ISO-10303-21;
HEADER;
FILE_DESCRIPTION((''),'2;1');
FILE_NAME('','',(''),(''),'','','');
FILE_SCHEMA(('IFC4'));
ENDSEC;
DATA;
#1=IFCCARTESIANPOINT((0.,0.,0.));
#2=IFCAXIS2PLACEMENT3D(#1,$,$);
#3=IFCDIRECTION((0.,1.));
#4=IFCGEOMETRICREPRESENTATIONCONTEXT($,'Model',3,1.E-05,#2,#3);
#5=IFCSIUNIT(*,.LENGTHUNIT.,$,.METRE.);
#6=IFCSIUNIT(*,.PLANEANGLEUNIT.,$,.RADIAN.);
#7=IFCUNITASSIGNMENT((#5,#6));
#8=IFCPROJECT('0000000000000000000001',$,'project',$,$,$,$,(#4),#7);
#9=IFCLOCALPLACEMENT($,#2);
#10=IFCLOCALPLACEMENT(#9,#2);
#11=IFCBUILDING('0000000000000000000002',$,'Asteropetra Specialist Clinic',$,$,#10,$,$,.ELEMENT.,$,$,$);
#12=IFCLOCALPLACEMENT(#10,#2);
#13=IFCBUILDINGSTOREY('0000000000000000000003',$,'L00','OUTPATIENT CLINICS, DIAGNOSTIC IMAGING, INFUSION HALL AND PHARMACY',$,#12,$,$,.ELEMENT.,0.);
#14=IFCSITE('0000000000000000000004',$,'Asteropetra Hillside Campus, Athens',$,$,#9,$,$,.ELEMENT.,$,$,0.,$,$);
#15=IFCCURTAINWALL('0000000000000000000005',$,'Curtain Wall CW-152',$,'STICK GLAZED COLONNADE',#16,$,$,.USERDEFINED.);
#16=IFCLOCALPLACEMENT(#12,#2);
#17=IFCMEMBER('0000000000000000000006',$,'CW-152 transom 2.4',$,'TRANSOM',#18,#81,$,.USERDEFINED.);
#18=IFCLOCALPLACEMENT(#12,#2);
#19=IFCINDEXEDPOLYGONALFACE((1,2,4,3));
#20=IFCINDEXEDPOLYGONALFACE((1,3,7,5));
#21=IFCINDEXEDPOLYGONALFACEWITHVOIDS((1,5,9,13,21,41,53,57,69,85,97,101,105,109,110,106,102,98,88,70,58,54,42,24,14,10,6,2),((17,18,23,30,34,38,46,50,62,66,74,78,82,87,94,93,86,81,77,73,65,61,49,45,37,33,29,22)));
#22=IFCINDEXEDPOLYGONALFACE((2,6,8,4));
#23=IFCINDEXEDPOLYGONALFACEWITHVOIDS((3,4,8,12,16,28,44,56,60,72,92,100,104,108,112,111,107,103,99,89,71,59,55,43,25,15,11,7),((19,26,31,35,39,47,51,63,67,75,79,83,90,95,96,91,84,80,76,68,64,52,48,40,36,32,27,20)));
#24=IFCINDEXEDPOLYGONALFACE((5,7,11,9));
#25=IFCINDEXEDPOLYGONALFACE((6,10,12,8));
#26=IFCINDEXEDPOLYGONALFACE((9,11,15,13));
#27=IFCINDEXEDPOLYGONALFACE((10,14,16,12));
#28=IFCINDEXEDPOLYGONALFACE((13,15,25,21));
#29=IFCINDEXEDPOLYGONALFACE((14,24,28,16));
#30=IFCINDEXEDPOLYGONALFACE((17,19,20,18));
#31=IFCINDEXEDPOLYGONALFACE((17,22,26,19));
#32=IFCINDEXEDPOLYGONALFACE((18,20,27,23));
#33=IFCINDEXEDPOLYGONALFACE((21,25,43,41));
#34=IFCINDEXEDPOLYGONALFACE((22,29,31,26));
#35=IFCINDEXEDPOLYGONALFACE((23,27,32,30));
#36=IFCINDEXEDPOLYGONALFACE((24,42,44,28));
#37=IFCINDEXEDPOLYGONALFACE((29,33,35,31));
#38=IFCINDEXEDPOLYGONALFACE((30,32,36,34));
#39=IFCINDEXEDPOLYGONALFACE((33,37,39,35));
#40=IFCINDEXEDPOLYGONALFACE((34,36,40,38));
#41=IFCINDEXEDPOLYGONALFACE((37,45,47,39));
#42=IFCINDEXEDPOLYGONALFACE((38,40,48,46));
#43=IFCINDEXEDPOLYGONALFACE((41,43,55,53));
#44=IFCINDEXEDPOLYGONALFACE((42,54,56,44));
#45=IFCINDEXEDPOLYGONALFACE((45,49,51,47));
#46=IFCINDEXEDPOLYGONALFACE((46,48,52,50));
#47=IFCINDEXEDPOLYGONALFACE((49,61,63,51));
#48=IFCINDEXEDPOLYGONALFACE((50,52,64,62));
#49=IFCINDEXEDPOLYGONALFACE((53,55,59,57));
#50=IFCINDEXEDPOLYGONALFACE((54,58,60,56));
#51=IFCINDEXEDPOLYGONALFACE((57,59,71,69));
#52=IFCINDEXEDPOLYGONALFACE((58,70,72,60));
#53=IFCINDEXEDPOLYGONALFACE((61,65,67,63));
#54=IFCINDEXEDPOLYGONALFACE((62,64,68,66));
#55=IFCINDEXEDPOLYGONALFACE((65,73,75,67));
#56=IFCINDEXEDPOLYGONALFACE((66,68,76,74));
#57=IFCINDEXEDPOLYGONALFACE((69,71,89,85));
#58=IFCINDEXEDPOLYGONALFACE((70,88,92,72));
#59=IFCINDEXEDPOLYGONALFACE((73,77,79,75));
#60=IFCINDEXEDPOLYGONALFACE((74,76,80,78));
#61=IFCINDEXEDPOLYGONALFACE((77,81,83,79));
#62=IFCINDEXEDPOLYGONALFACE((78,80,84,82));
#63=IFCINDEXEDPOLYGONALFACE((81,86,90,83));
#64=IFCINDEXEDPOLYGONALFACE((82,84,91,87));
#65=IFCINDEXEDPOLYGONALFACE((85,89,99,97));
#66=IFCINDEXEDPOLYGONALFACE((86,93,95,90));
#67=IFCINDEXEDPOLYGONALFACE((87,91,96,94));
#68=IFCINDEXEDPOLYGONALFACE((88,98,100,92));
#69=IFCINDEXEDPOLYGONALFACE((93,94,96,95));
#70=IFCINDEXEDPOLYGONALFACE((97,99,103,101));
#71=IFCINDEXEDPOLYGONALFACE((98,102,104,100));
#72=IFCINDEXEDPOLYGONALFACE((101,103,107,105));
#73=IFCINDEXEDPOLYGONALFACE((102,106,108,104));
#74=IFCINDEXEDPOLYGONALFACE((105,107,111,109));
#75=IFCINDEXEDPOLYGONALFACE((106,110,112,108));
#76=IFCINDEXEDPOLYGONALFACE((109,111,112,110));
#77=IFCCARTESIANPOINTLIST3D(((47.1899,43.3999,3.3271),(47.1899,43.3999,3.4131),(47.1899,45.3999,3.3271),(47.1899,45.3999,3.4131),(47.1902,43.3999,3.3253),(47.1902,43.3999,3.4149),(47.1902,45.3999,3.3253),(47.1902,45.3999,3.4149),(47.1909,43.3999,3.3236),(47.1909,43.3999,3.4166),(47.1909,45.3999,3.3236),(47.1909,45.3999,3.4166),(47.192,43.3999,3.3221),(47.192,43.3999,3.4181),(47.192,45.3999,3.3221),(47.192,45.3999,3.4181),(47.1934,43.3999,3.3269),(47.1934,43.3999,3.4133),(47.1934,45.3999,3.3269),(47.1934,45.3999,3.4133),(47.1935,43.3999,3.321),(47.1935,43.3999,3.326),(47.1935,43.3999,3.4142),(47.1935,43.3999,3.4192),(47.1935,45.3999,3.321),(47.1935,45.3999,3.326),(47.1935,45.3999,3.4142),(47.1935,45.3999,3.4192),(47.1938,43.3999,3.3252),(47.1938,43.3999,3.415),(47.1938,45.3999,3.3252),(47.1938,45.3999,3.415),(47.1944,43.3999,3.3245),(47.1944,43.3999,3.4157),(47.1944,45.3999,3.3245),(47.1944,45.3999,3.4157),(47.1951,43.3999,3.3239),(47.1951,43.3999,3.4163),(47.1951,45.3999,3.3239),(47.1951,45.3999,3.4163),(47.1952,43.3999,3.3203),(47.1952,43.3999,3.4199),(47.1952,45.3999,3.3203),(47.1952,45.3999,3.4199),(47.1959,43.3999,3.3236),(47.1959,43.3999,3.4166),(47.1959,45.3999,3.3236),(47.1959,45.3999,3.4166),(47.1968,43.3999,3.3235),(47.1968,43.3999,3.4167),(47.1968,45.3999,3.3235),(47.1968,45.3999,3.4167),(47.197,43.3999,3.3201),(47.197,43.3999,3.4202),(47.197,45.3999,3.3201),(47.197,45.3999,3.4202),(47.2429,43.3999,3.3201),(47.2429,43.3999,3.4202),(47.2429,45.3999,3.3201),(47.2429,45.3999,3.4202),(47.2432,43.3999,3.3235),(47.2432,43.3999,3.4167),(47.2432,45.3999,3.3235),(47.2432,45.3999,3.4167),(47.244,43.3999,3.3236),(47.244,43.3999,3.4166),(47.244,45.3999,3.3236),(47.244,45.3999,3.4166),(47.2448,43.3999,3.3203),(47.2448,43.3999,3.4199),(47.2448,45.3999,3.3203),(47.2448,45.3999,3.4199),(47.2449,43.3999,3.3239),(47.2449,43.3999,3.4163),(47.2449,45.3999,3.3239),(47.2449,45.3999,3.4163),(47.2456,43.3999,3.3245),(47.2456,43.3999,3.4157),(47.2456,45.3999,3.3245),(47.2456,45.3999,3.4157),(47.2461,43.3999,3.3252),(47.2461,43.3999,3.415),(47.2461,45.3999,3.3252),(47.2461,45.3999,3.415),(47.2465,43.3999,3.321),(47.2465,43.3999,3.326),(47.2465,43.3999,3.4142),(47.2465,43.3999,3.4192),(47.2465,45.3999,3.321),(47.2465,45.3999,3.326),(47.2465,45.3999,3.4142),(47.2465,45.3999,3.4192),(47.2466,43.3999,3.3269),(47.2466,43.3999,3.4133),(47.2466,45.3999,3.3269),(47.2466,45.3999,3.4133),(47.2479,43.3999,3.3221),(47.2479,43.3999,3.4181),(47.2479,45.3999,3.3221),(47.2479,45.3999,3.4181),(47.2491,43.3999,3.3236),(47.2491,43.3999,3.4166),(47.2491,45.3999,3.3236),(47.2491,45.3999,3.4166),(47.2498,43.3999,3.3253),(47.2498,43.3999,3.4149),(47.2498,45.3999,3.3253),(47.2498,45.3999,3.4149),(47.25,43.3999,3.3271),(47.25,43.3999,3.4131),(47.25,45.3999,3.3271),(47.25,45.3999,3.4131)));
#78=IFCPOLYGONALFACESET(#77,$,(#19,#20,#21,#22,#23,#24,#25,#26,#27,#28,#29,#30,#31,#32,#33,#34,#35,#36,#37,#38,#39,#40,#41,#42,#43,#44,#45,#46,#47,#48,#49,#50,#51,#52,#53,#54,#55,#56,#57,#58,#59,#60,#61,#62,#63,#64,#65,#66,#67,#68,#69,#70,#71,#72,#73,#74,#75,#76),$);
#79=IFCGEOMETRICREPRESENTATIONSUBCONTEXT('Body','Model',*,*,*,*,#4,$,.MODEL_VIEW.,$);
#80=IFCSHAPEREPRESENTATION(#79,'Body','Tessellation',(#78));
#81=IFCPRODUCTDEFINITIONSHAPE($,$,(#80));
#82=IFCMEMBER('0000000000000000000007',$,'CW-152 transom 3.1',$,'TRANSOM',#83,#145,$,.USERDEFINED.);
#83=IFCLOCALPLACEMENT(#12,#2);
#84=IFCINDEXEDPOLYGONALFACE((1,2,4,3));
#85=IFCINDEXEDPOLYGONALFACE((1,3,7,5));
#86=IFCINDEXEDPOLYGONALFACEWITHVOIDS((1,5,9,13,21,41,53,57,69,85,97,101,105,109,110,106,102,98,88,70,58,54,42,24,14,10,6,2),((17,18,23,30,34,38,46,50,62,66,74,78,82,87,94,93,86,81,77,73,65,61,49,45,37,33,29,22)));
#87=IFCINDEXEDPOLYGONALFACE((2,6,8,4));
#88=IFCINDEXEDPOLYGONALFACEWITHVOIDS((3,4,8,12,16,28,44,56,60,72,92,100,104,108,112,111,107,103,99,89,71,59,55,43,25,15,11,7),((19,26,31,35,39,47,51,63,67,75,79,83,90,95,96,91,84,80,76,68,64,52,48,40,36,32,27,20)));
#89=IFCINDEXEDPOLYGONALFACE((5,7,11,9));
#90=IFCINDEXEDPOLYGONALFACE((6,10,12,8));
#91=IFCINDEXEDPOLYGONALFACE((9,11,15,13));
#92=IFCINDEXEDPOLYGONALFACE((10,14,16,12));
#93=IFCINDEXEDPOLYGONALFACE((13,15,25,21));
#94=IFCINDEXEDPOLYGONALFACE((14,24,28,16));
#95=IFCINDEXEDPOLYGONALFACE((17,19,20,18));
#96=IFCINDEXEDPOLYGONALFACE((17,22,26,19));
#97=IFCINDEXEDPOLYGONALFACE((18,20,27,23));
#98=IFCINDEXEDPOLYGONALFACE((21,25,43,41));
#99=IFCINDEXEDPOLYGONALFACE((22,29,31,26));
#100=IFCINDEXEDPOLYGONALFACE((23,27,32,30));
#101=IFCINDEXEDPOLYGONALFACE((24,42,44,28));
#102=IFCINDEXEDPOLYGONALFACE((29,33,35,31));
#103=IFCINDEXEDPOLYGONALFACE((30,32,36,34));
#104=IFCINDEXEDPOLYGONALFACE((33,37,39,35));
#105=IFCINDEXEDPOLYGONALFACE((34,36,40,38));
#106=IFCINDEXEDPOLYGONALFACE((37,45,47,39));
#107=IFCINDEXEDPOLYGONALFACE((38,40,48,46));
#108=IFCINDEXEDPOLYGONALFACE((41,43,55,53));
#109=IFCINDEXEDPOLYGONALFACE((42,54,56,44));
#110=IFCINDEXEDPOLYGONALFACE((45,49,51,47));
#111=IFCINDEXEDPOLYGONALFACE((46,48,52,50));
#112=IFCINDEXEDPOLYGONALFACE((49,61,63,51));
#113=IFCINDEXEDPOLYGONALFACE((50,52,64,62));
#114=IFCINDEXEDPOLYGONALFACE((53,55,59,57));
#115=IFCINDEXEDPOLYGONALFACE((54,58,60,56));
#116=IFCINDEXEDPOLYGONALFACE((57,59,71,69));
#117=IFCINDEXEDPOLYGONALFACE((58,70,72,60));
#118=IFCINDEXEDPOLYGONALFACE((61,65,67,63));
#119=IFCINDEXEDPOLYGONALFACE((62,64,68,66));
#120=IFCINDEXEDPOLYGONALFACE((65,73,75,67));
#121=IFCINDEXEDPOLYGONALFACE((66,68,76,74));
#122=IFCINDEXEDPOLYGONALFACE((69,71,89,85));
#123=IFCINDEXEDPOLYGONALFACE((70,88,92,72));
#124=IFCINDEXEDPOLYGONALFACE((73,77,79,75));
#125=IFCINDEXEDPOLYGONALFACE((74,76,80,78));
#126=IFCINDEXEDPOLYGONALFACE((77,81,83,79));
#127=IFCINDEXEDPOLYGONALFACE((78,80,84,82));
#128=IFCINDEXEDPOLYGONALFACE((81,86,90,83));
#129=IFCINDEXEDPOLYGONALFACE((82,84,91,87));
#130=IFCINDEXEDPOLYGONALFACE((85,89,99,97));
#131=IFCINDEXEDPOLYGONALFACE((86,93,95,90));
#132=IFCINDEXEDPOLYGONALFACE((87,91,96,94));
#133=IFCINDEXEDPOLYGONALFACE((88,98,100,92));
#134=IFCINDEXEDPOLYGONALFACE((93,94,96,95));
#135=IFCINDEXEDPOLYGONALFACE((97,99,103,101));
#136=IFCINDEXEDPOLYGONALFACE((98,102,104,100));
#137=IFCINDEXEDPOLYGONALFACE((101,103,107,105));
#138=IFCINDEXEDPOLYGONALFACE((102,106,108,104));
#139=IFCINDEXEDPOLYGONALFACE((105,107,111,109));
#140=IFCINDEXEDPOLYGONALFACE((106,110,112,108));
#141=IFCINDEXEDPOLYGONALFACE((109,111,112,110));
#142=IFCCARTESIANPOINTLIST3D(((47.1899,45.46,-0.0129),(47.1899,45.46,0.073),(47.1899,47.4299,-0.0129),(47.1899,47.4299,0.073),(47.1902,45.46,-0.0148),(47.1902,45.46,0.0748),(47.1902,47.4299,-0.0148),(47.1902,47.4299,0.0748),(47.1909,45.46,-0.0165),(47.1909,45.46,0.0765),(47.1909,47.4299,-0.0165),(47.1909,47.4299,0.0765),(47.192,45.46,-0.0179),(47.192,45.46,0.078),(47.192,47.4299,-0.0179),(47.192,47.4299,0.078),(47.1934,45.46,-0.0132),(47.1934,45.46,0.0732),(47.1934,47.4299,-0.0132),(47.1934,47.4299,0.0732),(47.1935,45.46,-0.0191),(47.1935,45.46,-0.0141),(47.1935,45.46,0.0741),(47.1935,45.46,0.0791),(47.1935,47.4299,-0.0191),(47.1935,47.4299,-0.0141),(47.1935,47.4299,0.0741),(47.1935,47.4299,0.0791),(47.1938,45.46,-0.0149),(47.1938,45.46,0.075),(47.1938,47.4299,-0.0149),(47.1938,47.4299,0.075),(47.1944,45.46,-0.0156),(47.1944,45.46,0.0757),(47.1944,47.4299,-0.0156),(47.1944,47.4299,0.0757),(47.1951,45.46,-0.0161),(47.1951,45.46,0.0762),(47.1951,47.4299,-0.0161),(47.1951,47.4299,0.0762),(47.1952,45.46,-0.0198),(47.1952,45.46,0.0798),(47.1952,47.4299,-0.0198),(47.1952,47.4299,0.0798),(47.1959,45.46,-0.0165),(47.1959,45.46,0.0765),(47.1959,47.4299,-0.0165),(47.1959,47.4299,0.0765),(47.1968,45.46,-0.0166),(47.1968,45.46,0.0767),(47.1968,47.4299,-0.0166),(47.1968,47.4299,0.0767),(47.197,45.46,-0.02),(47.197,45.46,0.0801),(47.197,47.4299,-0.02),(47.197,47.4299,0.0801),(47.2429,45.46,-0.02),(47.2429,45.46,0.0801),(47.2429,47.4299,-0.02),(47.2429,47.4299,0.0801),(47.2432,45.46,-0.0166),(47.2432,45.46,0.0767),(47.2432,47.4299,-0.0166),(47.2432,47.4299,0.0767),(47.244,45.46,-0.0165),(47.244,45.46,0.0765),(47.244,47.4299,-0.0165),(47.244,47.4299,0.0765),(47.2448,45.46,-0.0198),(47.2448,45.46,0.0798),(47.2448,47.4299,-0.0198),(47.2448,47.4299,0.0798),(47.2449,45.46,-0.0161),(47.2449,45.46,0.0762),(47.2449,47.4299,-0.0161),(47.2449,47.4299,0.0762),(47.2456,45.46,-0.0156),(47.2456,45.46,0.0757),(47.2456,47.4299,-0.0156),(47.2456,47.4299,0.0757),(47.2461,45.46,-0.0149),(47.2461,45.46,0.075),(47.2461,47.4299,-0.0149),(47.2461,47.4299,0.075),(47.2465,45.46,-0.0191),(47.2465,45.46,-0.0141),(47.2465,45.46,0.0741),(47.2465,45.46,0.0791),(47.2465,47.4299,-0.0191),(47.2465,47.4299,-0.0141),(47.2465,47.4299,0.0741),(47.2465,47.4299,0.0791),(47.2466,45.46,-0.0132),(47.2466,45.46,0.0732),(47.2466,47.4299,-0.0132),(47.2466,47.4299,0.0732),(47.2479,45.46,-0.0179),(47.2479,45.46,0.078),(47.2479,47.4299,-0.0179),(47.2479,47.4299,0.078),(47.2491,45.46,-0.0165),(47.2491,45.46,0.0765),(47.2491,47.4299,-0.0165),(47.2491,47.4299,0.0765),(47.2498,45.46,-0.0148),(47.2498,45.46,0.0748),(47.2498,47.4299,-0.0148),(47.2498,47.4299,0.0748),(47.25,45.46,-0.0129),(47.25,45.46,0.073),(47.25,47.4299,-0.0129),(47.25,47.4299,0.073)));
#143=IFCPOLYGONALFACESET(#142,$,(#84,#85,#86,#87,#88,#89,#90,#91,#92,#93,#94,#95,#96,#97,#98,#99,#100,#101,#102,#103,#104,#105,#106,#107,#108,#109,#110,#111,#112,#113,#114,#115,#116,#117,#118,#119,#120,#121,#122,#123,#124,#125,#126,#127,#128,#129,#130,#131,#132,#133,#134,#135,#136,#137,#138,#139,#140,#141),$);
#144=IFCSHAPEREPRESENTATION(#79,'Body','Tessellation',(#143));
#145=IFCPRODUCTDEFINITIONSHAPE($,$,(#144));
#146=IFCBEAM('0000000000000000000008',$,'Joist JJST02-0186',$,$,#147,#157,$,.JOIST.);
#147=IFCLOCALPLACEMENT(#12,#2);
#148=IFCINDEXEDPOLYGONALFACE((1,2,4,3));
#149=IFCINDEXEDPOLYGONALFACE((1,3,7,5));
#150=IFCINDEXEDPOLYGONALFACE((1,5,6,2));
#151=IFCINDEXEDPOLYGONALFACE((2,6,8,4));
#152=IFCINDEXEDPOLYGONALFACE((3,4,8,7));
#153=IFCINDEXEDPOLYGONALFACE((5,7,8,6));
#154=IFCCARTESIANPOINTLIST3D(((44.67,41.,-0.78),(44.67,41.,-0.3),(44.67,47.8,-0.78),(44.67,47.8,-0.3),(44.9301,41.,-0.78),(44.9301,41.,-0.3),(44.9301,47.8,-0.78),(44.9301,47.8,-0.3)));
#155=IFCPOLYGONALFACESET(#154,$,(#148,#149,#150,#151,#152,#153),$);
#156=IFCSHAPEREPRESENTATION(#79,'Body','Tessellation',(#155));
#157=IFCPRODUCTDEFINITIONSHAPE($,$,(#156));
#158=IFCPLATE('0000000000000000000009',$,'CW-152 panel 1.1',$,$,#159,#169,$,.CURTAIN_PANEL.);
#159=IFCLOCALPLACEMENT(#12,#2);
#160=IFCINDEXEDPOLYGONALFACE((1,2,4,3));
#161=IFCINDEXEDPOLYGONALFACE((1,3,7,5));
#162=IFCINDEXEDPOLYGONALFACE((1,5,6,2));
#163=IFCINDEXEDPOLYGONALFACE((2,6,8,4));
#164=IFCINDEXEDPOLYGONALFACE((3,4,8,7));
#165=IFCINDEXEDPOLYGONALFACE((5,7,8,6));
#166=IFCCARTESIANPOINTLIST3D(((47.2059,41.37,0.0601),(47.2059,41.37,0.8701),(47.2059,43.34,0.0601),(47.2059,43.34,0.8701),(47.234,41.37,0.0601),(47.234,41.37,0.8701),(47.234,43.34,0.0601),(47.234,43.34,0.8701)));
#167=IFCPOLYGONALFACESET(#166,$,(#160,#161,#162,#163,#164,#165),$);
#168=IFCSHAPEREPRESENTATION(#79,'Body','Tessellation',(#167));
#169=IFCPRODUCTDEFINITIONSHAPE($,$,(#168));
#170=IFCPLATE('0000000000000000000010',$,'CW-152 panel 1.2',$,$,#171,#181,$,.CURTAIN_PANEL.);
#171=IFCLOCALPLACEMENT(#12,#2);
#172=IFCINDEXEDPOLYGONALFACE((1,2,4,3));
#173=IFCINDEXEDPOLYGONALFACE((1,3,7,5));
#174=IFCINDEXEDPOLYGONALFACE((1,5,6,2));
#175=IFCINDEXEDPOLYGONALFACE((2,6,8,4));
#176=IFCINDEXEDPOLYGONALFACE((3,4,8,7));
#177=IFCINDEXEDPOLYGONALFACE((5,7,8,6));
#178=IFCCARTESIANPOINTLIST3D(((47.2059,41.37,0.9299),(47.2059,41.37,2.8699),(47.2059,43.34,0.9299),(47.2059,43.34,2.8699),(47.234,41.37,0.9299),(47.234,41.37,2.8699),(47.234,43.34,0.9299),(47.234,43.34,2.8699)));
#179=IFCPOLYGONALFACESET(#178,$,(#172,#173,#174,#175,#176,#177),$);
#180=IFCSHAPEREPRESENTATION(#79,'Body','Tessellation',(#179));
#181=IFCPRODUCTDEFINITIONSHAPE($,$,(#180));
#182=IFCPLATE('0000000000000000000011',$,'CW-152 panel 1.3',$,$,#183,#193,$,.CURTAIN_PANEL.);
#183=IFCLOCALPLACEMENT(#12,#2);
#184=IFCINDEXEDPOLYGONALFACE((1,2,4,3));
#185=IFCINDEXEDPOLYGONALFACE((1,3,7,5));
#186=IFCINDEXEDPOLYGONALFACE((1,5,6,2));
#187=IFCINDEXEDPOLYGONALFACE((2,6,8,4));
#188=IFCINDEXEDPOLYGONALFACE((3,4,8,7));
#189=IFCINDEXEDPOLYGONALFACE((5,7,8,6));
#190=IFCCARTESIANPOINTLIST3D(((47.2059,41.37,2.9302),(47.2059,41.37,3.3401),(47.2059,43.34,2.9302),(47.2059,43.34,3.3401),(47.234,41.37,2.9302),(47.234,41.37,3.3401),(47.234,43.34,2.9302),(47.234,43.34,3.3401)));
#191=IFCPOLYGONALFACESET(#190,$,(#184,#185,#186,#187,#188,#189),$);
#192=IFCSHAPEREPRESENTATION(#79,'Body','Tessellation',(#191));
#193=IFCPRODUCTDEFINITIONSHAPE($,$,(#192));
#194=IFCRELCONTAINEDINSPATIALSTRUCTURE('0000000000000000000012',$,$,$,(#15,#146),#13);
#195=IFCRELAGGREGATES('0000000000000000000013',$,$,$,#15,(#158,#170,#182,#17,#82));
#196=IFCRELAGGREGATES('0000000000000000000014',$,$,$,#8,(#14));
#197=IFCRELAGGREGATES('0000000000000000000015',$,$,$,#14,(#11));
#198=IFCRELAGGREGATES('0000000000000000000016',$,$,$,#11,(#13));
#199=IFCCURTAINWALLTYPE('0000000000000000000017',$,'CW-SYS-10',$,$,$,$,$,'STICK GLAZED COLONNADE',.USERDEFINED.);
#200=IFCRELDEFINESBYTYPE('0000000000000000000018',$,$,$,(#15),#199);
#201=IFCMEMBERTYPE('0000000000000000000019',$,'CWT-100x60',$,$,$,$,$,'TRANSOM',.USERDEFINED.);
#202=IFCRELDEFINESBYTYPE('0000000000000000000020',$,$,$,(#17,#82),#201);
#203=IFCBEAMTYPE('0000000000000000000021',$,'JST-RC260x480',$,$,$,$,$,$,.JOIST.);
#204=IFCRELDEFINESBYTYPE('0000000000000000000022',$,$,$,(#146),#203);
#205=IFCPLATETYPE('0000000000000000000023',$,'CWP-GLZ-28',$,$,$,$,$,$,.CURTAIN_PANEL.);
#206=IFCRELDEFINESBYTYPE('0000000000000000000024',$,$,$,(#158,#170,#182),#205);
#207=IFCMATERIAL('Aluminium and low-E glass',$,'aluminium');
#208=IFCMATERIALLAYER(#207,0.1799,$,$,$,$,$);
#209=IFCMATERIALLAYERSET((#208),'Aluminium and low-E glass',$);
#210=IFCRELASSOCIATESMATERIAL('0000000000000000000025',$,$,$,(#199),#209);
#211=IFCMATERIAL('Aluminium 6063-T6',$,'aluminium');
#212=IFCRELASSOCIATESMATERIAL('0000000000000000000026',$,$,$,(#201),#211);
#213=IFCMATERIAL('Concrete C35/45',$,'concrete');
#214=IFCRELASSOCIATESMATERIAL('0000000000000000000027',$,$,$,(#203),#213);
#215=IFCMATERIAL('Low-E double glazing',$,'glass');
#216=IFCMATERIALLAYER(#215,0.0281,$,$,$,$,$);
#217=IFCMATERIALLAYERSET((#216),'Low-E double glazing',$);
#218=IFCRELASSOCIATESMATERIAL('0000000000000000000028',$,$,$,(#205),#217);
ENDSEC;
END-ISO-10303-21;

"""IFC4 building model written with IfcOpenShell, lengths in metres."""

from ifc_helpers import new_model, si_unit, direction, frame, origin, origin_2d, place, context, subcontext, project, spatial, rectangle, hollow_rectangle, extrude, material, layer, layer_set, material_profile, profile_set, type_object, element, aggregate, save


model = new_model("IFC4")

# Units and contexts
model_context = context("Model", 3, precision=1e-05, world=origin(), true_north=direction((0.0, 1.0)))
body_context = subcontext(model_context, "Body", "Model", "MODEL_VIEW")
ifc_project = project(units=[si_unit("LENGTHUNIT", "METRE"), si_unit("PLANEANGLEUNIT", "RADIAN")], contexts=[model_context])

# Site, building, storey
site_placement = place(None, origin())
site = spatial("IfcSite", under=ifc_project, at=site_placement, Name="Asteropetra Hillside Campus, Athens", CompositionType="ELEMENT", RefElevation=0.0)
building_placement = place(site_placement, origin())
building = spatial("IfcBuilding", under=site, at=building_placement, Name="Asteropetra Specialist Clinic", CompositionType="ELEMENT")
storey_placement = place(building_placement, origin())
storey = spatial("IfcBuildingStorey", under=building, at=storey_placement, Name="L00", Description="OUTPATIENT CLINICS, DIAGNOSTIC IMAGING, INFUSION HALL AND PHARMACY", CompositionType="ELEMENT", Elevation=0.0)

# Curtain wall, members
ifc_material_1 = material(Name="Aluminium and low-E glass", Category="aluminium")
ifc_layer_1 = layer(ifc_material_1, 0.1799)
ifc_layer_set_1 = layer_set([ifc_layer_1], Name="Aluminium and low-E glass")
curtain_wall_type = type_object("IfcCurtainWallType", Name="CW-SYS-10", ElementType="STICK GLAZED COLONNADE", PredefinedType="USERDEFINED", material=ifc_layer_set_1)
curtain_wall_placement = place(storey_placement, origin())
curtain_wall = element("IfcCurtainWall", 1, at=curtain_wall_placement, inside=storey, type_object=curtain_wall_type, Name="Curtain Wall CW-152", ObjectType="STICK GLAZED COLONNADE", PredefinedType="USERDEFINED")
ifc_material_2 = material(Name="Aluminium 6063-T6", Category="aluminium")
ifc_material_profile_1 = material_profile(ifc_material_2, hollow_rectangle(XDim=0.0601, YDim=0.1001, WallThickness=0.0034, InnerFilletRadius=0.0034, OuterFilletRadius=0.0071, at=origin_2d()), Name="TRN 100x60x3.5")
ifc_profile_set_1 = profile_set([ifc_material_profile_1], Name="Aluminium 6063-T6")
member_type_1 = type_object("IfcMemberType", Name="CWT-100x60", ElementType="TRANSOM", PredefinedType="USERDEFINED", material=ifc_profile_set_1)
member_1_placement = place(storey_placement, frame((47.22, 43.3999, 3.3701), z_axis=(0.0, 1.0, 0.0), x_axis=(-1.0, 0.0, 0.0)))
member_1 = element("IfcMember", 2, at=member_1_placement, type_object=member_type_1, Name="CW-152 transom 2.4", ObjectType="TRANSOM", PredefinedType="USERDEFINED", context=body_context, shape_type="SweptSolid", body=[
    extrude(hollow_rectangle(XDim=0.0601, YDim=0.1001, WallThickness=0.0034, InnerFilletRadius=0.0034, OuterFilletRadius=0.0071, at=origin_2d()), origin(), (0.0, 0.0, 1.0), 2.0),
])
member_2_placement = place(storey_placement, frame((47.22, 45.46, 0.03), z_axis=(0.0, 1.0, 0.0), x_axis=(-1.0, 0.0, 0.0)))
member_2 = element("IfcMember", 3, at=member_2_placement, type_object=member_type_1, Name="CW-152 transom 3.1", ObjectType="TRANSOM", PredefinedType="USERDEFINED", context=body_context, shape_type="SweptSolid", body=[
    extrude(hollow_rectangle(XDim=0.0601, YDim=0.1001, WallThickness=0.0034, InnerFilletRadius=0.0034, OuterFilletRadius=0.0071, at=origin_2d()), origin(), (0.0, 0.0, 1.0), 1.97),
])

# Beam
ifc_material_3 = material(Name="Concrete C35/45", Category="concrete")
ifc_material_profile_2 = material_profile(ifc_material_3, rectangle(XDim=0.26, YDim=0.48, at=origin_2d()), Name="RCJ 260x480")
ifc_profile_set_2 = profile_set([ifc_material_profile_2], Name="Concrete C35/45")
beam_type_1 = type_object("IfcBeamType", Name="JST-RC260x480", PredefinedType="JOIST", material=ifc_profile_set_2)
beam_1_placement = place(storey_placement, frame((44.8, 41.0, -0.54), z_axis=(0.0, 1.0, 0.0), x_axis=(-1.0, 0.0, 0.0)))
element("IfcBeam", 4, at=beam_1_placement, inside=storey, type_object=beam_type_1, Name="Joist JJST02-0186", PredefinedType="JOIST", context=body_context, shape_type="SweptSolid", body=[
    extrude(rectangle(XDim=0.26, YDim=0.48, at=origin_2d()), origin(), (0.0, 0.0, 1.0), 6.8),
])

# Plates
ifc_material_4 = material(Name="Low-E double glazing", Category="glass")
ifc_layer_2 = layer(ifc_material_4, 0.0281)
ifc_layer_set_2 = layer_set([ifc_layer_2], Name="Low-E double glazing")
plate_type = type_object("IfcPlateType", Name="CWP-GLZ-28", PredefinedType="CURTAIN_PANEL", material=ifc_layer_set_2)
plate_1_placement = place(storey_placement, frame((47.22, 42.355, 0.0601), z_axis=(0.0, 0.0, 1.0), x_axis=(0.0, 1.0, 0.0)))
plate_1 = element("IfcPlate", 5, at=plate_1_placement, type_object=plate_type, Name="CW-152 panel 1.1", PredefinedType="CURTAIN_PANEL", context=body_context, shape_type="SweptSolid", body=[
    extrude(rectangle(XDim=1.97, YDim=0.0281, at=origin_2d()), origin(), (0.0, 0.0, 1.0), 0.8101),
])
plate_2_placement = place(storey_placement, frame((47.22, 42.355, 0.9299), z_axis=(0.0, 0.0, 1.0), x_axis=(0.0, 1.0, 0.0)))
plate_2 = element("IfcPlate", 6, at=plate_2_placement, type_object=plate_type, Name="CW-152 panel 1.2", PredefinedType="CURTAIN_PANEL", context=body_context, shape_type="SweptSolid", body=[
    extrude(rectangle(XDim=1.97, YDim=0.0281, at=origin_2d()), origin(), (0.0, 0.0, 1.0), 1.9399),
])
plate_3_placement = place(storey_placement, frame((47.22, 42.355, 2.9302), z_axis=(0.0, 0.0, 1.0), x_axis=(0.0, 1.0, 0.0)))
plate_3 = element("IfcPlate", 7, at=plate_3_placement, type_object=plate_type, Name="CW-152 panel 1.3", PredefinedType="CURTAIN_PANEL", context=body_context, shape_type="SweptSolid", body=[
    extrude(rectangle(XDim=1.97, YDim=0.0281, at=origin_2d()), origin(), (0.0, 0.0, 1.0), 0.4099),
])
aggregate(curtain_wall, [plate_1, plate_2, plate_3, member_1, member_2])

save(model, "model.ifc")
